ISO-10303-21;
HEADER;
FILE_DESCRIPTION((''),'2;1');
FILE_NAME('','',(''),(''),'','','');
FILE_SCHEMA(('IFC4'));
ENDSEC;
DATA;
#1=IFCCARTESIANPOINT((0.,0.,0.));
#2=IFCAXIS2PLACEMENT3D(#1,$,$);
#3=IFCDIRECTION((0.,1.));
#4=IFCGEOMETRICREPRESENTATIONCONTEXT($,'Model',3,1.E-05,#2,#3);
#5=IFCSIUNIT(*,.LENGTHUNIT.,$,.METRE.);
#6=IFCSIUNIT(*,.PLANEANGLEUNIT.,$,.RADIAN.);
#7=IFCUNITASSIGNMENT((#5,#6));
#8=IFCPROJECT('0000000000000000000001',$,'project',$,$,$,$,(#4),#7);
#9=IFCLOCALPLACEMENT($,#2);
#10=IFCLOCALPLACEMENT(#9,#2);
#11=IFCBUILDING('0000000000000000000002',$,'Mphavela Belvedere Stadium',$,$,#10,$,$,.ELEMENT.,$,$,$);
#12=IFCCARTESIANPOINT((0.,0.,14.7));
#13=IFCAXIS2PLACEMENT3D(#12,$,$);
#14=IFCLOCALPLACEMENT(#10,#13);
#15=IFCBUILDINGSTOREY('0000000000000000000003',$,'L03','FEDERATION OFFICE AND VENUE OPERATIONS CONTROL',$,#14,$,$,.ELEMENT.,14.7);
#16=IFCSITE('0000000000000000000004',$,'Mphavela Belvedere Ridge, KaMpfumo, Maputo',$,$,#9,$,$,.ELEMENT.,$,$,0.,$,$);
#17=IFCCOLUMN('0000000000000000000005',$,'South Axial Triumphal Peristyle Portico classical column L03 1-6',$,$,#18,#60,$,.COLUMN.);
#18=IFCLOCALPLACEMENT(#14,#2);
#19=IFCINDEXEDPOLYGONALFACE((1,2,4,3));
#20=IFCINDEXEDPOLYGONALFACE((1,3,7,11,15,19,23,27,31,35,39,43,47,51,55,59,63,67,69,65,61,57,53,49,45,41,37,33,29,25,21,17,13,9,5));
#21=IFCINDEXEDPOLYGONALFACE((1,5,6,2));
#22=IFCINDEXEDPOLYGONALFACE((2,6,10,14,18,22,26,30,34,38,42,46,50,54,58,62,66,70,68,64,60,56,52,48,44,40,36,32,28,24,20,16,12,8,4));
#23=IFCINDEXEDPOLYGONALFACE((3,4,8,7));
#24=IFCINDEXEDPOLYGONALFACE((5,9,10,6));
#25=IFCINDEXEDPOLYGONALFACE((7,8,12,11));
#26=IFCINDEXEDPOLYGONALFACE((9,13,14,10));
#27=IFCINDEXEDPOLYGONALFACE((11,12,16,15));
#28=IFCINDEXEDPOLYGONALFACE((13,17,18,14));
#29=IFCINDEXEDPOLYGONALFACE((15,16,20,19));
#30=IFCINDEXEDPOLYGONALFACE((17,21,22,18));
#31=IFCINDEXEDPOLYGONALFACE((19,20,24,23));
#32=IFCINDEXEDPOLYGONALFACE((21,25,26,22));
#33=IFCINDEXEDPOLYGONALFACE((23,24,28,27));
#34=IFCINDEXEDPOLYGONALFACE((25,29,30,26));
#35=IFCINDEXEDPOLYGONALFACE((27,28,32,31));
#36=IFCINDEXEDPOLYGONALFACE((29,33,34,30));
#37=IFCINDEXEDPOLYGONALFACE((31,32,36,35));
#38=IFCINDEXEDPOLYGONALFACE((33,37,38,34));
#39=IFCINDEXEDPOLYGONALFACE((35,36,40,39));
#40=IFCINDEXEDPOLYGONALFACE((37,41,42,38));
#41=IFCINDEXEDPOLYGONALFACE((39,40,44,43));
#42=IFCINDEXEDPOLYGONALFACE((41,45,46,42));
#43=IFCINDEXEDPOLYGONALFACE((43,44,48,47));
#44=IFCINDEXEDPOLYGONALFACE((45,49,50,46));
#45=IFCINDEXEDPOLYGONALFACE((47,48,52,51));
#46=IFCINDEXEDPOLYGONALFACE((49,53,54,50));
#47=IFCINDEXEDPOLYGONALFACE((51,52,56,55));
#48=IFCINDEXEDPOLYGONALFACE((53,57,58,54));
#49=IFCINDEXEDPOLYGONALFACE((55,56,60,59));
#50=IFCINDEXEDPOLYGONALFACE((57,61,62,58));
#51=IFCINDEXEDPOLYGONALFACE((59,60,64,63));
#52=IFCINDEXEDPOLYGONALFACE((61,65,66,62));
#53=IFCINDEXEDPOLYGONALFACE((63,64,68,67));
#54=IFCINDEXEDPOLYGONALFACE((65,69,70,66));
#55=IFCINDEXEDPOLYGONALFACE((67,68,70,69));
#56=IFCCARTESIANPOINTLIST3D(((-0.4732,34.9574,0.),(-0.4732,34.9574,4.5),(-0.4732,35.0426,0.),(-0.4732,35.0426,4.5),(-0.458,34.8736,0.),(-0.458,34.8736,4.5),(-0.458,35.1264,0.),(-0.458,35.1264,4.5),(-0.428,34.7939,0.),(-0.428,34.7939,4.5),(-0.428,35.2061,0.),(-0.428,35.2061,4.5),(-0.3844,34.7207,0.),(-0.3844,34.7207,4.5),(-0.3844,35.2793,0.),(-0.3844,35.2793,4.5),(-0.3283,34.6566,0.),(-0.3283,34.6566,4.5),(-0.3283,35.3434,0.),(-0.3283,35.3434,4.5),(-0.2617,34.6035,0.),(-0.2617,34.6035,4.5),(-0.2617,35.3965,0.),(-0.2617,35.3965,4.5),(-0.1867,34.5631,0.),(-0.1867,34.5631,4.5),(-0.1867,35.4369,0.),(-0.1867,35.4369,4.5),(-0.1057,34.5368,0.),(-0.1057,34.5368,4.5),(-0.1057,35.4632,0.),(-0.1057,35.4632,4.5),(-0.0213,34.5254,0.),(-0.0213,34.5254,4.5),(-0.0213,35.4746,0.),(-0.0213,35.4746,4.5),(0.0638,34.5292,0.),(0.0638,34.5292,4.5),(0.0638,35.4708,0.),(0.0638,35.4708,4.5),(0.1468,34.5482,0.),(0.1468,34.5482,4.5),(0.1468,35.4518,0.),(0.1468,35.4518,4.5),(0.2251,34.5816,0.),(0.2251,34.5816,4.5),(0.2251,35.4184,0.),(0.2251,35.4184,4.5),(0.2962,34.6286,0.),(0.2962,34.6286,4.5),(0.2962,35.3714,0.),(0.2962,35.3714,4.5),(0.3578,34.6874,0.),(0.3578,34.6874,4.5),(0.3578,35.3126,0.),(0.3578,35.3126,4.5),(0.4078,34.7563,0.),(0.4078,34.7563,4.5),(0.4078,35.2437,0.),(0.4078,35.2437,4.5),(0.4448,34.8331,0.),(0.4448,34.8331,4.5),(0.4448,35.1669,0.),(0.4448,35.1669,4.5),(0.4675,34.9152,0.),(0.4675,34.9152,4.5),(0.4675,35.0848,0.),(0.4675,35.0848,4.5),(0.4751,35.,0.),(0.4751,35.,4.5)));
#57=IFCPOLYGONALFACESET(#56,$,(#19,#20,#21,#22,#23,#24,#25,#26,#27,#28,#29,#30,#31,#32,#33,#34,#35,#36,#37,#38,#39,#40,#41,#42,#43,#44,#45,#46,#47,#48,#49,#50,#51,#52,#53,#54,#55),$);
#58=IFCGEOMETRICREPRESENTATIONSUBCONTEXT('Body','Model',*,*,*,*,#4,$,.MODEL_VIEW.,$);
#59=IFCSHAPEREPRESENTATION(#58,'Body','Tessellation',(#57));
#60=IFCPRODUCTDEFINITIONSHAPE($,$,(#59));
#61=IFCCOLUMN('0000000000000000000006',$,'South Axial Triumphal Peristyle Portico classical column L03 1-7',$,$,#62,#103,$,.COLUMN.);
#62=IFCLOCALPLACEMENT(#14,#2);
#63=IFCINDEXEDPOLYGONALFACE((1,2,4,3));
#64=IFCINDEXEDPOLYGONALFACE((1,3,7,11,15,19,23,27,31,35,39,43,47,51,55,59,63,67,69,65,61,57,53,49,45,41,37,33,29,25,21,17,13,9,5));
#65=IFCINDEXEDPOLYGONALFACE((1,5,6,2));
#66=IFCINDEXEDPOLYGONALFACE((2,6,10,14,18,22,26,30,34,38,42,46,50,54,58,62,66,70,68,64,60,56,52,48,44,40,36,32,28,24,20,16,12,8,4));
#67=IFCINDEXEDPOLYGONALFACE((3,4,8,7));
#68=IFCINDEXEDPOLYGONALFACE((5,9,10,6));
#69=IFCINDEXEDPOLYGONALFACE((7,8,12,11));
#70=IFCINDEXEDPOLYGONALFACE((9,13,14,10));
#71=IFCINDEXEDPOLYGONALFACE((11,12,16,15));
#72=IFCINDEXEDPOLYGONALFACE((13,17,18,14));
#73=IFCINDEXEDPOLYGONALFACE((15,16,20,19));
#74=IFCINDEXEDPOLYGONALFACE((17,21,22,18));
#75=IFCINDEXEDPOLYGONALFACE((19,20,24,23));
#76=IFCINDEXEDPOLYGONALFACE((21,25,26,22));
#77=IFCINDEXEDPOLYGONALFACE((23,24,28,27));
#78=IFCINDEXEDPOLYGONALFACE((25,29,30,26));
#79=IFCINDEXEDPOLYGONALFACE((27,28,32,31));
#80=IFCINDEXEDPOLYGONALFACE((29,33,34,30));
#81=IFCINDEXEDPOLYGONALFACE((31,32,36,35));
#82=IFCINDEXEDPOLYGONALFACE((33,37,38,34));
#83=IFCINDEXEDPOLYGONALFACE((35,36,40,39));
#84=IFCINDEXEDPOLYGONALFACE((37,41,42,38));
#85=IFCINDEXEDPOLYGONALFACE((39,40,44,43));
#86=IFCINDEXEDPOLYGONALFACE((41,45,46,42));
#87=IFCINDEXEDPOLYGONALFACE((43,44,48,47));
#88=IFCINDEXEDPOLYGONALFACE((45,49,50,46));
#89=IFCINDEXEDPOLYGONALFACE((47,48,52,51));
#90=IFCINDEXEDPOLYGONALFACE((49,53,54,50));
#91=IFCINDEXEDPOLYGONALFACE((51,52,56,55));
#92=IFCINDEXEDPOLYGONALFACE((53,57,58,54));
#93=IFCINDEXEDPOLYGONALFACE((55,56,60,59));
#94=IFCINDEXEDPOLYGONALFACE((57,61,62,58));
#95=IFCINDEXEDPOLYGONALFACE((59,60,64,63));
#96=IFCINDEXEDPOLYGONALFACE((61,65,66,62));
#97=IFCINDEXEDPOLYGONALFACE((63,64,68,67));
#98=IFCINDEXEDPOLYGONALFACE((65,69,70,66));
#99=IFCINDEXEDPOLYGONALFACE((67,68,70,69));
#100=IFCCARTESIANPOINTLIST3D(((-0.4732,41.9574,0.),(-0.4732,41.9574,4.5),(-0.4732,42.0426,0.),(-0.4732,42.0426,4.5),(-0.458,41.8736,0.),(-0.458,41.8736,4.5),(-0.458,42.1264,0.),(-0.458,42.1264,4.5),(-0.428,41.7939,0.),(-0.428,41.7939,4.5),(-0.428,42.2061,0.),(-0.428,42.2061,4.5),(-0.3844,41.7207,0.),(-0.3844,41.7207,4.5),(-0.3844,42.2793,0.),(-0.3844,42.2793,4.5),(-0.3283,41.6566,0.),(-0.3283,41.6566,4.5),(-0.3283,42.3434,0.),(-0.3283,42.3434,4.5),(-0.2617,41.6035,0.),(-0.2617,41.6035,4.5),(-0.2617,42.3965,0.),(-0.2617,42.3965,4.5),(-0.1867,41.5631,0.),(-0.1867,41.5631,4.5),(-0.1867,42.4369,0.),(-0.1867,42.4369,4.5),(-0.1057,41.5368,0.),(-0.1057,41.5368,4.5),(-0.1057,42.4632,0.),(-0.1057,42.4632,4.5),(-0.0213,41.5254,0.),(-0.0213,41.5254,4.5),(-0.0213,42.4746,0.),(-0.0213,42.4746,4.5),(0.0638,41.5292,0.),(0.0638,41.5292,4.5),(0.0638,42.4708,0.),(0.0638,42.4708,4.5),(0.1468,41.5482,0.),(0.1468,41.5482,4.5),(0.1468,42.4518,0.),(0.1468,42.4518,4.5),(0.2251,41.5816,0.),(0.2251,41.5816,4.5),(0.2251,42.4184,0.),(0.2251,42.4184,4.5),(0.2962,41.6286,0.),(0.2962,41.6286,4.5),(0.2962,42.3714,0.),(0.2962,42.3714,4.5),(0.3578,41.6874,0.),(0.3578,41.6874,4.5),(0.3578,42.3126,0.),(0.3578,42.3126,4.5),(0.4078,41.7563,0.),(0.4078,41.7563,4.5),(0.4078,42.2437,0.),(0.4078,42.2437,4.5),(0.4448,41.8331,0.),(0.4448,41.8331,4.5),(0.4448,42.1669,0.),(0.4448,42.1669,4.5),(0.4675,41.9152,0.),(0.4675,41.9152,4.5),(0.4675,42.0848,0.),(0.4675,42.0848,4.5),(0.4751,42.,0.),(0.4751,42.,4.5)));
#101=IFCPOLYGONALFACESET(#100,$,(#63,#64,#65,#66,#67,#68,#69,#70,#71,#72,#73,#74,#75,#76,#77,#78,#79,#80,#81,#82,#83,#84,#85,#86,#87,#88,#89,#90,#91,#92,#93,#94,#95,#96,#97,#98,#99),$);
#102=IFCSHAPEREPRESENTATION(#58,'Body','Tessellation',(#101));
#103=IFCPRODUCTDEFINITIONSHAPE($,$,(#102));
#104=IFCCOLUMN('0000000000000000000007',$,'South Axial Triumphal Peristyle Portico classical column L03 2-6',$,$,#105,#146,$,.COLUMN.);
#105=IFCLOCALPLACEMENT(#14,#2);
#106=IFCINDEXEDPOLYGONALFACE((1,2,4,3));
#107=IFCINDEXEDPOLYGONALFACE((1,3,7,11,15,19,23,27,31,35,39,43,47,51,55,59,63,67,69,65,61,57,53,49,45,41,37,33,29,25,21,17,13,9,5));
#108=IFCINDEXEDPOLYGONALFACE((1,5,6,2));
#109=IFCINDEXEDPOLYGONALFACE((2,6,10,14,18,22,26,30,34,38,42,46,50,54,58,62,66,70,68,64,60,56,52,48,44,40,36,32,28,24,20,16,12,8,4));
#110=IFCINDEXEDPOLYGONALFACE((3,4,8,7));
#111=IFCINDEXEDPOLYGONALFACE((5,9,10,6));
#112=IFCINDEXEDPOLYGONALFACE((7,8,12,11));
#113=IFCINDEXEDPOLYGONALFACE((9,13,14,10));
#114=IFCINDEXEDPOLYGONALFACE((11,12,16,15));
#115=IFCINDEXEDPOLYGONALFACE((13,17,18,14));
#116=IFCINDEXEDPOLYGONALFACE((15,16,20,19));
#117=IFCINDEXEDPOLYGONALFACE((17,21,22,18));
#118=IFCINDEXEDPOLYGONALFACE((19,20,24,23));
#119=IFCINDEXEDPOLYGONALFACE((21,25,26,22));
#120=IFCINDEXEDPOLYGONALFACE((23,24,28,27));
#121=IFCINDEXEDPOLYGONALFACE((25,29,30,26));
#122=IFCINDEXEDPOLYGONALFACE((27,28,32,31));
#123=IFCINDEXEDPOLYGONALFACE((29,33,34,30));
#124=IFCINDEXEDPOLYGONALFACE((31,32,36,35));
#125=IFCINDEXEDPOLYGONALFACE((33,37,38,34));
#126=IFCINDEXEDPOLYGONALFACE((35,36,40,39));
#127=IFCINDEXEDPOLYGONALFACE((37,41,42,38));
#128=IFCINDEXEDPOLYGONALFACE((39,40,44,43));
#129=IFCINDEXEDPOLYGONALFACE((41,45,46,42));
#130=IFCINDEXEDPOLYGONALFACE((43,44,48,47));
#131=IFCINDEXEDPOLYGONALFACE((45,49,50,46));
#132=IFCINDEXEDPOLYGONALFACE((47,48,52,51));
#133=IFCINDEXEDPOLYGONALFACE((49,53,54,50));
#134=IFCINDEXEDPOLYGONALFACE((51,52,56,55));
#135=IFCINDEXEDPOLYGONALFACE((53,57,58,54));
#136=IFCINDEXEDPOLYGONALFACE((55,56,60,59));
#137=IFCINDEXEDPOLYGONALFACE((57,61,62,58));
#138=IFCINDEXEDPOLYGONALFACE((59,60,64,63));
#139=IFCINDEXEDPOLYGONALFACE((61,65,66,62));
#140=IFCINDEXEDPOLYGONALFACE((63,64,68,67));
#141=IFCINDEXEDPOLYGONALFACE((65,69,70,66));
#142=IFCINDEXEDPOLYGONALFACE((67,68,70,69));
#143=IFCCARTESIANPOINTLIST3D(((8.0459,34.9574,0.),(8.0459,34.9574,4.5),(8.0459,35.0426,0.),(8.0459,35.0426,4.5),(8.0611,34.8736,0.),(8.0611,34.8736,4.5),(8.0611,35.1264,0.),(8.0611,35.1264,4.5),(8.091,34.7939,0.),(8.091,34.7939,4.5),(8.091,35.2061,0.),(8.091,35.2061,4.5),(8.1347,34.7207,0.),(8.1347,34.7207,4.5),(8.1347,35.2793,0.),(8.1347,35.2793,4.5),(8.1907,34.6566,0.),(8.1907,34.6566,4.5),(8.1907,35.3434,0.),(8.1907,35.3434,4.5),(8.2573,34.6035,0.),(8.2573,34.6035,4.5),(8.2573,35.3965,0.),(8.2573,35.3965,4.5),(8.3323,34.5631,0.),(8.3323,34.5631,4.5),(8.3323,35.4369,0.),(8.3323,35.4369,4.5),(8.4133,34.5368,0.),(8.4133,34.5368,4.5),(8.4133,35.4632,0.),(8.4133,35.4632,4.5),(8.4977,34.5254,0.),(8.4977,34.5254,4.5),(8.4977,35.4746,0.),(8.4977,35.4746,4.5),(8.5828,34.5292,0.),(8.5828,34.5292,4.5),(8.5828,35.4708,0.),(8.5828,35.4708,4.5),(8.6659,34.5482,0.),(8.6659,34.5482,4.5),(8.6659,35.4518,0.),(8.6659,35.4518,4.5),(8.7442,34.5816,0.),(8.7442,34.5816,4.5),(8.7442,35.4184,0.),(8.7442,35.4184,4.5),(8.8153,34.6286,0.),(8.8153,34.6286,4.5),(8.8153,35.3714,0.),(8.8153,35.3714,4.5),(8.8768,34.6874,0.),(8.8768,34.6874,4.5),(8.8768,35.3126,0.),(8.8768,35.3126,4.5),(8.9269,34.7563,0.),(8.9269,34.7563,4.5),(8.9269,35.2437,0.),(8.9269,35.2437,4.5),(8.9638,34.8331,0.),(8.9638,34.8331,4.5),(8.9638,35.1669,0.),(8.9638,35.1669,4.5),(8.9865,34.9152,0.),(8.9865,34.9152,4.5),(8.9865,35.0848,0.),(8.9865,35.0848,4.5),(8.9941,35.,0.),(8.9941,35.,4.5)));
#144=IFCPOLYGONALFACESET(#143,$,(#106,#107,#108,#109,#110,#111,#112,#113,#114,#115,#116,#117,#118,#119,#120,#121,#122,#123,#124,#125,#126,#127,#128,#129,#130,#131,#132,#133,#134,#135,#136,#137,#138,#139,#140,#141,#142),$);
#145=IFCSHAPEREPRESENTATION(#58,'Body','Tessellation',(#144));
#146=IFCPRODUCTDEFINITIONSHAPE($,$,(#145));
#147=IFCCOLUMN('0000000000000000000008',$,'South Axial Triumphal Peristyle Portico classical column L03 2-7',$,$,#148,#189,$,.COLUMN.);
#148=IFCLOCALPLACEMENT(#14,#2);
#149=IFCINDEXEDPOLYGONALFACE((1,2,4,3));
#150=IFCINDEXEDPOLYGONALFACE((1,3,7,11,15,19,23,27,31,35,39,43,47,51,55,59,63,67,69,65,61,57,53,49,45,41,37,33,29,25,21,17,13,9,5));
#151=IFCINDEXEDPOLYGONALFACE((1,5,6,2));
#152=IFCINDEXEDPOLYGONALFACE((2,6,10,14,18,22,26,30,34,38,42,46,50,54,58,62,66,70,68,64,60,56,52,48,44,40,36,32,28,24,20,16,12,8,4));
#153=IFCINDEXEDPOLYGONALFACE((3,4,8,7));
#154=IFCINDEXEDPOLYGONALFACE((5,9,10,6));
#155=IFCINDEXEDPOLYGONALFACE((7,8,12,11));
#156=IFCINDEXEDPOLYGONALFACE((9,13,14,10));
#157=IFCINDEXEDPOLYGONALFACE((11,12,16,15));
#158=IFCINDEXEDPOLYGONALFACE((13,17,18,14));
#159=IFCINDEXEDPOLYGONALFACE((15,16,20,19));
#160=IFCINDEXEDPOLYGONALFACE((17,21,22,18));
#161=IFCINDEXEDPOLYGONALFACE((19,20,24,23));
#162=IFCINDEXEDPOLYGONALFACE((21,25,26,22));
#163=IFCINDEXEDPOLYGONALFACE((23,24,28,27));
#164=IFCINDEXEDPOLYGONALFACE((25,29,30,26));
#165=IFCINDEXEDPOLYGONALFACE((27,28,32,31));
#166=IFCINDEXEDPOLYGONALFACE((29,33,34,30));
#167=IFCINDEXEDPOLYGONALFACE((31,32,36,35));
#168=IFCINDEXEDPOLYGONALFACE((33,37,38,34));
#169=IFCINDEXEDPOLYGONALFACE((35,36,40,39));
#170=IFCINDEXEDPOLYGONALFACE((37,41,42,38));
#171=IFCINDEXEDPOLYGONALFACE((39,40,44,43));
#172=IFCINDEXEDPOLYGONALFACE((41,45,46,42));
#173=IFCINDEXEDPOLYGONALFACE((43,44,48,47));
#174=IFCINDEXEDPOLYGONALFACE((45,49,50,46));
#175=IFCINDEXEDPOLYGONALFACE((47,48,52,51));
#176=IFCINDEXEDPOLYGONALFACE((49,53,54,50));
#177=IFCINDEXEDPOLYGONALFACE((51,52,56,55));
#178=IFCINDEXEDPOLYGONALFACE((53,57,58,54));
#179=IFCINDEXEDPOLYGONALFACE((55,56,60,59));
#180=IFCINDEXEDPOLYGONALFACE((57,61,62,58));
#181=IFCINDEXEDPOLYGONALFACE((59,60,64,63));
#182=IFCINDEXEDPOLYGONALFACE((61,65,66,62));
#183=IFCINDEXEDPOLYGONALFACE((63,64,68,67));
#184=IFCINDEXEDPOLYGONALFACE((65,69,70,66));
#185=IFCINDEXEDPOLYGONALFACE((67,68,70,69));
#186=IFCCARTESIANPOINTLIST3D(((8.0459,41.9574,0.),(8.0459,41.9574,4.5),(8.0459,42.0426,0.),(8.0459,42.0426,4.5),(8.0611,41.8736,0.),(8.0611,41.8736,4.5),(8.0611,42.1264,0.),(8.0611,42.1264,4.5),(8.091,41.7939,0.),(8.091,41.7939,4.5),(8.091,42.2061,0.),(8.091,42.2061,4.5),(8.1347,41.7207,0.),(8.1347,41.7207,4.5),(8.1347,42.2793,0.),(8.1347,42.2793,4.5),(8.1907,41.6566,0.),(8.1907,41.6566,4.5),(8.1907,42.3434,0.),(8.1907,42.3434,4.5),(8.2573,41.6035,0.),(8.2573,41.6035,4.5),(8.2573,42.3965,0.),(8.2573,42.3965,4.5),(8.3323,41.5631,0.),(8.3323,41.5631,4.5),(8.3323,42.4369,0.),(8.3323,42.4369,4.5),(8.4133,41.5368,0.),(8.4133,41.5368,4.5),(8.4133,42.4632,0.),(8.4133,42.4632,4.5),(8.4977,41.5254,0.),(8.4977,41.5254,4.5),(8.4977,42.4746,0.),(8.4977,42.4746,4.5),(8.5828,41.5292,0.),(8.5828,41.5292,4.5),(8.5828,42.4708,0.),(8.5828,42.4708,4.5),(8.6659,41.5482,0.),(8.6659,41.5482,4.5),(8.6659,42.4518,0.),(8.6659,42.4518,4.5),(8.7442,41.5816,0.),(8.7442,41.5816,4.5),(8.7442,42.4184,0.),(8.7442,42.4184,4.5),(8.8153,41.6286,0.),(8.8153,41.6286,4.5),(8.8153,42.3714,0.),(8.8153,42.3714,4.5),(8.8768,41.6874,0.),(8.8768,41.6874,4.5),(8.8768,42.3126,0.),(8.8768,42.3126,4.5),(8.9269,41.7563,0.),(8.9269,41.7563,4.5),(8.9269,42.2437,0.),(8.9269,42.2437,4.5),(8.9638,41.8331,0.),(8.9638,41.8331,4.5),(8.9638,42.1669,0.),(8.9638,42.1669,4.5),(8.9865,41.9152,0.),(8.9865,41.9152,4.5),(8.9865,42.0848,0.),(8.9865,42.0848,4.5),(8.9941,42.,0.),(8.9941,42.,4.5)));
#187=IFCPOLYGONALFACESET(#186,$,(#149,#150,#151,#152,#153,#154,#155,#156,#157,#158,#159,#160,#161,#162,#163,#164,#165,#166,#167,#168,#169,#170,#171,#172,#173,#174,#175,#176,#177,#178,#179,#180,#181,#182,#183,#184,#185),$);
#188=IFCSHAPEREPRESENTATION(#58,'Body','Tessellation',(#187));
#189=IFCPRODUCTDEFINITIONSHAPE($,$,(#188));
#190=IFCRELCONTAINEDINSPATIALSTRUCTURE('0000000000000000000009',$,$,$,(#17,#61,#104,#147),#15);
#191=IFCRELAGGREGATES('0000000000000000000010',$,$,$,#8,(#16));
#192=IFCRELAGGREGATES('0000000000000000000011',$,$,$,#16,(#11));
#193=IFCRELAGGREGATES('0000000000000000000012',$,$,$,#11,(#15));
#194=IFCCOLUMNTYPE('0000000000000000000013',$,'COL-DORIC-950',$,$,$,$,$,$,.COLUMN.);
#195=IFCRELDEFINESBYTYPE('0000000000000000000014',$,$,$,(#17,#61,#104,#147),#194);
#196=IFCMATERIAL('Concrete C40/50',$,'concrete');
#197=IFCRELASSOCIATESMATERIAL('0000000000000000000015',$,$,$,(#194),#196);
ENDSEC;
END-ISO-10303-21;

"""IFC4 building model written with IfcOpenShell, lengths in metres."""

from ifc_helpers import new_model, si_unit, direction, frame, origin, origin_2d, place, context, subcontext, project, spatial, circle, extrude, material, material_profile, profile_set, type_object, element, save


model = new_model("IFC4")

# Units and contexts
model_context = context("Model", 3, precision=1e-05, world=origin(), true_north=direction((0.0, 1.0)))
body_context = subcontext(model_context, "Body", "Model", "MODEL_VIEW")
ifc_project = project(units=[si_unit("LENGTHUNIT", "METRE"), si_unit("PLANEANGLEUNIT", "RADIAN")], contexts=[model_context])

# Site, building, storey
site_placement = place(None, origin())
site = spatial("IfcSite", under=ifc_project, at=site_placement, Name="Mphavela Belvedere Ridge, KaMpfumo, Maputo", CompositionType="ELEMENT", RefElevation=0.0)
building_placement = place(site_placement, origin())
building = spatial("IfcBuilding", under=site, at=building_placement, Name="Mphavela Belvedere Stadium", CompositionType="ELEMENT")
storey_placement = place(building_placement, frame((0.0, 0.0, 14.7)))
storey = spatial("IfcBuildingStorey", under=building, at=storey_placement, Name="L03", Description="FEDERATION OFFICE AND VENUE OPERATIONS CONTROL", CompositionType="ELEMENT", Elevation=14.7)

# Columns
ifc_material_1 = material(Name="Concrete C40/50", Category="concrete")
ifc_material_profile_1 = material_profile(ifc_material_1, circle(Radius=0.4751, at=origin_2d()), Name="COL D950")
ifc_profile_set_1 = profile_set([ifc_material_profile_1], Name="Concrete C40/50")
column_type = type_object("IfcColumnType", Name="COL-DORIC-950", PredefinedType="COLUMN", material=ifc_profile_set_1)
for number, where, z_axis, x_axis, name in (
    (1, (0.0, 35.0, 0.0), (0.0, 0.0, 1.0), (1.0, 0.0, 0.0), "South Axial Triumphal Peristyle Portico classical column L03 1-6"),
    (2, (0.0, 42.0, 0.0), (0.0, 0.0, 1.0), (1.0, 0.0, 0.0), "South Axial Triumphal Peristyle Portico classical column L03 1-7"),
    (3, (8.519, 35.0, 0.0), (0.0, 0.0, 1.0), (1.0, 0.0, 0.0), "South Axial Triumphal Peristyle Portico classical column L03 2-6"),
    (4, (8.519, 42.0, 0.0), (0.0, 0.0, 1.0), (1.0, 0.0, 0.0), "South Axial Triumphal Peristyle Portico classical column L03 2-7"),
):
    element("IfcColumn", number, at=place(storey_placement, frame(where, z_axis=z_axis, x_axis=x_axis)), inside=storey, type_object=column_type, Name=name, PredefinedType="COLUMN", context=body_context, shape_type="SweptSolid", body=[
        extrude(circle(Radius=0.4751, at=origin_2d()), origin(), (0.0, 0.0, 1.0), 4.5),
    ])

save(model, "model.ifc")
